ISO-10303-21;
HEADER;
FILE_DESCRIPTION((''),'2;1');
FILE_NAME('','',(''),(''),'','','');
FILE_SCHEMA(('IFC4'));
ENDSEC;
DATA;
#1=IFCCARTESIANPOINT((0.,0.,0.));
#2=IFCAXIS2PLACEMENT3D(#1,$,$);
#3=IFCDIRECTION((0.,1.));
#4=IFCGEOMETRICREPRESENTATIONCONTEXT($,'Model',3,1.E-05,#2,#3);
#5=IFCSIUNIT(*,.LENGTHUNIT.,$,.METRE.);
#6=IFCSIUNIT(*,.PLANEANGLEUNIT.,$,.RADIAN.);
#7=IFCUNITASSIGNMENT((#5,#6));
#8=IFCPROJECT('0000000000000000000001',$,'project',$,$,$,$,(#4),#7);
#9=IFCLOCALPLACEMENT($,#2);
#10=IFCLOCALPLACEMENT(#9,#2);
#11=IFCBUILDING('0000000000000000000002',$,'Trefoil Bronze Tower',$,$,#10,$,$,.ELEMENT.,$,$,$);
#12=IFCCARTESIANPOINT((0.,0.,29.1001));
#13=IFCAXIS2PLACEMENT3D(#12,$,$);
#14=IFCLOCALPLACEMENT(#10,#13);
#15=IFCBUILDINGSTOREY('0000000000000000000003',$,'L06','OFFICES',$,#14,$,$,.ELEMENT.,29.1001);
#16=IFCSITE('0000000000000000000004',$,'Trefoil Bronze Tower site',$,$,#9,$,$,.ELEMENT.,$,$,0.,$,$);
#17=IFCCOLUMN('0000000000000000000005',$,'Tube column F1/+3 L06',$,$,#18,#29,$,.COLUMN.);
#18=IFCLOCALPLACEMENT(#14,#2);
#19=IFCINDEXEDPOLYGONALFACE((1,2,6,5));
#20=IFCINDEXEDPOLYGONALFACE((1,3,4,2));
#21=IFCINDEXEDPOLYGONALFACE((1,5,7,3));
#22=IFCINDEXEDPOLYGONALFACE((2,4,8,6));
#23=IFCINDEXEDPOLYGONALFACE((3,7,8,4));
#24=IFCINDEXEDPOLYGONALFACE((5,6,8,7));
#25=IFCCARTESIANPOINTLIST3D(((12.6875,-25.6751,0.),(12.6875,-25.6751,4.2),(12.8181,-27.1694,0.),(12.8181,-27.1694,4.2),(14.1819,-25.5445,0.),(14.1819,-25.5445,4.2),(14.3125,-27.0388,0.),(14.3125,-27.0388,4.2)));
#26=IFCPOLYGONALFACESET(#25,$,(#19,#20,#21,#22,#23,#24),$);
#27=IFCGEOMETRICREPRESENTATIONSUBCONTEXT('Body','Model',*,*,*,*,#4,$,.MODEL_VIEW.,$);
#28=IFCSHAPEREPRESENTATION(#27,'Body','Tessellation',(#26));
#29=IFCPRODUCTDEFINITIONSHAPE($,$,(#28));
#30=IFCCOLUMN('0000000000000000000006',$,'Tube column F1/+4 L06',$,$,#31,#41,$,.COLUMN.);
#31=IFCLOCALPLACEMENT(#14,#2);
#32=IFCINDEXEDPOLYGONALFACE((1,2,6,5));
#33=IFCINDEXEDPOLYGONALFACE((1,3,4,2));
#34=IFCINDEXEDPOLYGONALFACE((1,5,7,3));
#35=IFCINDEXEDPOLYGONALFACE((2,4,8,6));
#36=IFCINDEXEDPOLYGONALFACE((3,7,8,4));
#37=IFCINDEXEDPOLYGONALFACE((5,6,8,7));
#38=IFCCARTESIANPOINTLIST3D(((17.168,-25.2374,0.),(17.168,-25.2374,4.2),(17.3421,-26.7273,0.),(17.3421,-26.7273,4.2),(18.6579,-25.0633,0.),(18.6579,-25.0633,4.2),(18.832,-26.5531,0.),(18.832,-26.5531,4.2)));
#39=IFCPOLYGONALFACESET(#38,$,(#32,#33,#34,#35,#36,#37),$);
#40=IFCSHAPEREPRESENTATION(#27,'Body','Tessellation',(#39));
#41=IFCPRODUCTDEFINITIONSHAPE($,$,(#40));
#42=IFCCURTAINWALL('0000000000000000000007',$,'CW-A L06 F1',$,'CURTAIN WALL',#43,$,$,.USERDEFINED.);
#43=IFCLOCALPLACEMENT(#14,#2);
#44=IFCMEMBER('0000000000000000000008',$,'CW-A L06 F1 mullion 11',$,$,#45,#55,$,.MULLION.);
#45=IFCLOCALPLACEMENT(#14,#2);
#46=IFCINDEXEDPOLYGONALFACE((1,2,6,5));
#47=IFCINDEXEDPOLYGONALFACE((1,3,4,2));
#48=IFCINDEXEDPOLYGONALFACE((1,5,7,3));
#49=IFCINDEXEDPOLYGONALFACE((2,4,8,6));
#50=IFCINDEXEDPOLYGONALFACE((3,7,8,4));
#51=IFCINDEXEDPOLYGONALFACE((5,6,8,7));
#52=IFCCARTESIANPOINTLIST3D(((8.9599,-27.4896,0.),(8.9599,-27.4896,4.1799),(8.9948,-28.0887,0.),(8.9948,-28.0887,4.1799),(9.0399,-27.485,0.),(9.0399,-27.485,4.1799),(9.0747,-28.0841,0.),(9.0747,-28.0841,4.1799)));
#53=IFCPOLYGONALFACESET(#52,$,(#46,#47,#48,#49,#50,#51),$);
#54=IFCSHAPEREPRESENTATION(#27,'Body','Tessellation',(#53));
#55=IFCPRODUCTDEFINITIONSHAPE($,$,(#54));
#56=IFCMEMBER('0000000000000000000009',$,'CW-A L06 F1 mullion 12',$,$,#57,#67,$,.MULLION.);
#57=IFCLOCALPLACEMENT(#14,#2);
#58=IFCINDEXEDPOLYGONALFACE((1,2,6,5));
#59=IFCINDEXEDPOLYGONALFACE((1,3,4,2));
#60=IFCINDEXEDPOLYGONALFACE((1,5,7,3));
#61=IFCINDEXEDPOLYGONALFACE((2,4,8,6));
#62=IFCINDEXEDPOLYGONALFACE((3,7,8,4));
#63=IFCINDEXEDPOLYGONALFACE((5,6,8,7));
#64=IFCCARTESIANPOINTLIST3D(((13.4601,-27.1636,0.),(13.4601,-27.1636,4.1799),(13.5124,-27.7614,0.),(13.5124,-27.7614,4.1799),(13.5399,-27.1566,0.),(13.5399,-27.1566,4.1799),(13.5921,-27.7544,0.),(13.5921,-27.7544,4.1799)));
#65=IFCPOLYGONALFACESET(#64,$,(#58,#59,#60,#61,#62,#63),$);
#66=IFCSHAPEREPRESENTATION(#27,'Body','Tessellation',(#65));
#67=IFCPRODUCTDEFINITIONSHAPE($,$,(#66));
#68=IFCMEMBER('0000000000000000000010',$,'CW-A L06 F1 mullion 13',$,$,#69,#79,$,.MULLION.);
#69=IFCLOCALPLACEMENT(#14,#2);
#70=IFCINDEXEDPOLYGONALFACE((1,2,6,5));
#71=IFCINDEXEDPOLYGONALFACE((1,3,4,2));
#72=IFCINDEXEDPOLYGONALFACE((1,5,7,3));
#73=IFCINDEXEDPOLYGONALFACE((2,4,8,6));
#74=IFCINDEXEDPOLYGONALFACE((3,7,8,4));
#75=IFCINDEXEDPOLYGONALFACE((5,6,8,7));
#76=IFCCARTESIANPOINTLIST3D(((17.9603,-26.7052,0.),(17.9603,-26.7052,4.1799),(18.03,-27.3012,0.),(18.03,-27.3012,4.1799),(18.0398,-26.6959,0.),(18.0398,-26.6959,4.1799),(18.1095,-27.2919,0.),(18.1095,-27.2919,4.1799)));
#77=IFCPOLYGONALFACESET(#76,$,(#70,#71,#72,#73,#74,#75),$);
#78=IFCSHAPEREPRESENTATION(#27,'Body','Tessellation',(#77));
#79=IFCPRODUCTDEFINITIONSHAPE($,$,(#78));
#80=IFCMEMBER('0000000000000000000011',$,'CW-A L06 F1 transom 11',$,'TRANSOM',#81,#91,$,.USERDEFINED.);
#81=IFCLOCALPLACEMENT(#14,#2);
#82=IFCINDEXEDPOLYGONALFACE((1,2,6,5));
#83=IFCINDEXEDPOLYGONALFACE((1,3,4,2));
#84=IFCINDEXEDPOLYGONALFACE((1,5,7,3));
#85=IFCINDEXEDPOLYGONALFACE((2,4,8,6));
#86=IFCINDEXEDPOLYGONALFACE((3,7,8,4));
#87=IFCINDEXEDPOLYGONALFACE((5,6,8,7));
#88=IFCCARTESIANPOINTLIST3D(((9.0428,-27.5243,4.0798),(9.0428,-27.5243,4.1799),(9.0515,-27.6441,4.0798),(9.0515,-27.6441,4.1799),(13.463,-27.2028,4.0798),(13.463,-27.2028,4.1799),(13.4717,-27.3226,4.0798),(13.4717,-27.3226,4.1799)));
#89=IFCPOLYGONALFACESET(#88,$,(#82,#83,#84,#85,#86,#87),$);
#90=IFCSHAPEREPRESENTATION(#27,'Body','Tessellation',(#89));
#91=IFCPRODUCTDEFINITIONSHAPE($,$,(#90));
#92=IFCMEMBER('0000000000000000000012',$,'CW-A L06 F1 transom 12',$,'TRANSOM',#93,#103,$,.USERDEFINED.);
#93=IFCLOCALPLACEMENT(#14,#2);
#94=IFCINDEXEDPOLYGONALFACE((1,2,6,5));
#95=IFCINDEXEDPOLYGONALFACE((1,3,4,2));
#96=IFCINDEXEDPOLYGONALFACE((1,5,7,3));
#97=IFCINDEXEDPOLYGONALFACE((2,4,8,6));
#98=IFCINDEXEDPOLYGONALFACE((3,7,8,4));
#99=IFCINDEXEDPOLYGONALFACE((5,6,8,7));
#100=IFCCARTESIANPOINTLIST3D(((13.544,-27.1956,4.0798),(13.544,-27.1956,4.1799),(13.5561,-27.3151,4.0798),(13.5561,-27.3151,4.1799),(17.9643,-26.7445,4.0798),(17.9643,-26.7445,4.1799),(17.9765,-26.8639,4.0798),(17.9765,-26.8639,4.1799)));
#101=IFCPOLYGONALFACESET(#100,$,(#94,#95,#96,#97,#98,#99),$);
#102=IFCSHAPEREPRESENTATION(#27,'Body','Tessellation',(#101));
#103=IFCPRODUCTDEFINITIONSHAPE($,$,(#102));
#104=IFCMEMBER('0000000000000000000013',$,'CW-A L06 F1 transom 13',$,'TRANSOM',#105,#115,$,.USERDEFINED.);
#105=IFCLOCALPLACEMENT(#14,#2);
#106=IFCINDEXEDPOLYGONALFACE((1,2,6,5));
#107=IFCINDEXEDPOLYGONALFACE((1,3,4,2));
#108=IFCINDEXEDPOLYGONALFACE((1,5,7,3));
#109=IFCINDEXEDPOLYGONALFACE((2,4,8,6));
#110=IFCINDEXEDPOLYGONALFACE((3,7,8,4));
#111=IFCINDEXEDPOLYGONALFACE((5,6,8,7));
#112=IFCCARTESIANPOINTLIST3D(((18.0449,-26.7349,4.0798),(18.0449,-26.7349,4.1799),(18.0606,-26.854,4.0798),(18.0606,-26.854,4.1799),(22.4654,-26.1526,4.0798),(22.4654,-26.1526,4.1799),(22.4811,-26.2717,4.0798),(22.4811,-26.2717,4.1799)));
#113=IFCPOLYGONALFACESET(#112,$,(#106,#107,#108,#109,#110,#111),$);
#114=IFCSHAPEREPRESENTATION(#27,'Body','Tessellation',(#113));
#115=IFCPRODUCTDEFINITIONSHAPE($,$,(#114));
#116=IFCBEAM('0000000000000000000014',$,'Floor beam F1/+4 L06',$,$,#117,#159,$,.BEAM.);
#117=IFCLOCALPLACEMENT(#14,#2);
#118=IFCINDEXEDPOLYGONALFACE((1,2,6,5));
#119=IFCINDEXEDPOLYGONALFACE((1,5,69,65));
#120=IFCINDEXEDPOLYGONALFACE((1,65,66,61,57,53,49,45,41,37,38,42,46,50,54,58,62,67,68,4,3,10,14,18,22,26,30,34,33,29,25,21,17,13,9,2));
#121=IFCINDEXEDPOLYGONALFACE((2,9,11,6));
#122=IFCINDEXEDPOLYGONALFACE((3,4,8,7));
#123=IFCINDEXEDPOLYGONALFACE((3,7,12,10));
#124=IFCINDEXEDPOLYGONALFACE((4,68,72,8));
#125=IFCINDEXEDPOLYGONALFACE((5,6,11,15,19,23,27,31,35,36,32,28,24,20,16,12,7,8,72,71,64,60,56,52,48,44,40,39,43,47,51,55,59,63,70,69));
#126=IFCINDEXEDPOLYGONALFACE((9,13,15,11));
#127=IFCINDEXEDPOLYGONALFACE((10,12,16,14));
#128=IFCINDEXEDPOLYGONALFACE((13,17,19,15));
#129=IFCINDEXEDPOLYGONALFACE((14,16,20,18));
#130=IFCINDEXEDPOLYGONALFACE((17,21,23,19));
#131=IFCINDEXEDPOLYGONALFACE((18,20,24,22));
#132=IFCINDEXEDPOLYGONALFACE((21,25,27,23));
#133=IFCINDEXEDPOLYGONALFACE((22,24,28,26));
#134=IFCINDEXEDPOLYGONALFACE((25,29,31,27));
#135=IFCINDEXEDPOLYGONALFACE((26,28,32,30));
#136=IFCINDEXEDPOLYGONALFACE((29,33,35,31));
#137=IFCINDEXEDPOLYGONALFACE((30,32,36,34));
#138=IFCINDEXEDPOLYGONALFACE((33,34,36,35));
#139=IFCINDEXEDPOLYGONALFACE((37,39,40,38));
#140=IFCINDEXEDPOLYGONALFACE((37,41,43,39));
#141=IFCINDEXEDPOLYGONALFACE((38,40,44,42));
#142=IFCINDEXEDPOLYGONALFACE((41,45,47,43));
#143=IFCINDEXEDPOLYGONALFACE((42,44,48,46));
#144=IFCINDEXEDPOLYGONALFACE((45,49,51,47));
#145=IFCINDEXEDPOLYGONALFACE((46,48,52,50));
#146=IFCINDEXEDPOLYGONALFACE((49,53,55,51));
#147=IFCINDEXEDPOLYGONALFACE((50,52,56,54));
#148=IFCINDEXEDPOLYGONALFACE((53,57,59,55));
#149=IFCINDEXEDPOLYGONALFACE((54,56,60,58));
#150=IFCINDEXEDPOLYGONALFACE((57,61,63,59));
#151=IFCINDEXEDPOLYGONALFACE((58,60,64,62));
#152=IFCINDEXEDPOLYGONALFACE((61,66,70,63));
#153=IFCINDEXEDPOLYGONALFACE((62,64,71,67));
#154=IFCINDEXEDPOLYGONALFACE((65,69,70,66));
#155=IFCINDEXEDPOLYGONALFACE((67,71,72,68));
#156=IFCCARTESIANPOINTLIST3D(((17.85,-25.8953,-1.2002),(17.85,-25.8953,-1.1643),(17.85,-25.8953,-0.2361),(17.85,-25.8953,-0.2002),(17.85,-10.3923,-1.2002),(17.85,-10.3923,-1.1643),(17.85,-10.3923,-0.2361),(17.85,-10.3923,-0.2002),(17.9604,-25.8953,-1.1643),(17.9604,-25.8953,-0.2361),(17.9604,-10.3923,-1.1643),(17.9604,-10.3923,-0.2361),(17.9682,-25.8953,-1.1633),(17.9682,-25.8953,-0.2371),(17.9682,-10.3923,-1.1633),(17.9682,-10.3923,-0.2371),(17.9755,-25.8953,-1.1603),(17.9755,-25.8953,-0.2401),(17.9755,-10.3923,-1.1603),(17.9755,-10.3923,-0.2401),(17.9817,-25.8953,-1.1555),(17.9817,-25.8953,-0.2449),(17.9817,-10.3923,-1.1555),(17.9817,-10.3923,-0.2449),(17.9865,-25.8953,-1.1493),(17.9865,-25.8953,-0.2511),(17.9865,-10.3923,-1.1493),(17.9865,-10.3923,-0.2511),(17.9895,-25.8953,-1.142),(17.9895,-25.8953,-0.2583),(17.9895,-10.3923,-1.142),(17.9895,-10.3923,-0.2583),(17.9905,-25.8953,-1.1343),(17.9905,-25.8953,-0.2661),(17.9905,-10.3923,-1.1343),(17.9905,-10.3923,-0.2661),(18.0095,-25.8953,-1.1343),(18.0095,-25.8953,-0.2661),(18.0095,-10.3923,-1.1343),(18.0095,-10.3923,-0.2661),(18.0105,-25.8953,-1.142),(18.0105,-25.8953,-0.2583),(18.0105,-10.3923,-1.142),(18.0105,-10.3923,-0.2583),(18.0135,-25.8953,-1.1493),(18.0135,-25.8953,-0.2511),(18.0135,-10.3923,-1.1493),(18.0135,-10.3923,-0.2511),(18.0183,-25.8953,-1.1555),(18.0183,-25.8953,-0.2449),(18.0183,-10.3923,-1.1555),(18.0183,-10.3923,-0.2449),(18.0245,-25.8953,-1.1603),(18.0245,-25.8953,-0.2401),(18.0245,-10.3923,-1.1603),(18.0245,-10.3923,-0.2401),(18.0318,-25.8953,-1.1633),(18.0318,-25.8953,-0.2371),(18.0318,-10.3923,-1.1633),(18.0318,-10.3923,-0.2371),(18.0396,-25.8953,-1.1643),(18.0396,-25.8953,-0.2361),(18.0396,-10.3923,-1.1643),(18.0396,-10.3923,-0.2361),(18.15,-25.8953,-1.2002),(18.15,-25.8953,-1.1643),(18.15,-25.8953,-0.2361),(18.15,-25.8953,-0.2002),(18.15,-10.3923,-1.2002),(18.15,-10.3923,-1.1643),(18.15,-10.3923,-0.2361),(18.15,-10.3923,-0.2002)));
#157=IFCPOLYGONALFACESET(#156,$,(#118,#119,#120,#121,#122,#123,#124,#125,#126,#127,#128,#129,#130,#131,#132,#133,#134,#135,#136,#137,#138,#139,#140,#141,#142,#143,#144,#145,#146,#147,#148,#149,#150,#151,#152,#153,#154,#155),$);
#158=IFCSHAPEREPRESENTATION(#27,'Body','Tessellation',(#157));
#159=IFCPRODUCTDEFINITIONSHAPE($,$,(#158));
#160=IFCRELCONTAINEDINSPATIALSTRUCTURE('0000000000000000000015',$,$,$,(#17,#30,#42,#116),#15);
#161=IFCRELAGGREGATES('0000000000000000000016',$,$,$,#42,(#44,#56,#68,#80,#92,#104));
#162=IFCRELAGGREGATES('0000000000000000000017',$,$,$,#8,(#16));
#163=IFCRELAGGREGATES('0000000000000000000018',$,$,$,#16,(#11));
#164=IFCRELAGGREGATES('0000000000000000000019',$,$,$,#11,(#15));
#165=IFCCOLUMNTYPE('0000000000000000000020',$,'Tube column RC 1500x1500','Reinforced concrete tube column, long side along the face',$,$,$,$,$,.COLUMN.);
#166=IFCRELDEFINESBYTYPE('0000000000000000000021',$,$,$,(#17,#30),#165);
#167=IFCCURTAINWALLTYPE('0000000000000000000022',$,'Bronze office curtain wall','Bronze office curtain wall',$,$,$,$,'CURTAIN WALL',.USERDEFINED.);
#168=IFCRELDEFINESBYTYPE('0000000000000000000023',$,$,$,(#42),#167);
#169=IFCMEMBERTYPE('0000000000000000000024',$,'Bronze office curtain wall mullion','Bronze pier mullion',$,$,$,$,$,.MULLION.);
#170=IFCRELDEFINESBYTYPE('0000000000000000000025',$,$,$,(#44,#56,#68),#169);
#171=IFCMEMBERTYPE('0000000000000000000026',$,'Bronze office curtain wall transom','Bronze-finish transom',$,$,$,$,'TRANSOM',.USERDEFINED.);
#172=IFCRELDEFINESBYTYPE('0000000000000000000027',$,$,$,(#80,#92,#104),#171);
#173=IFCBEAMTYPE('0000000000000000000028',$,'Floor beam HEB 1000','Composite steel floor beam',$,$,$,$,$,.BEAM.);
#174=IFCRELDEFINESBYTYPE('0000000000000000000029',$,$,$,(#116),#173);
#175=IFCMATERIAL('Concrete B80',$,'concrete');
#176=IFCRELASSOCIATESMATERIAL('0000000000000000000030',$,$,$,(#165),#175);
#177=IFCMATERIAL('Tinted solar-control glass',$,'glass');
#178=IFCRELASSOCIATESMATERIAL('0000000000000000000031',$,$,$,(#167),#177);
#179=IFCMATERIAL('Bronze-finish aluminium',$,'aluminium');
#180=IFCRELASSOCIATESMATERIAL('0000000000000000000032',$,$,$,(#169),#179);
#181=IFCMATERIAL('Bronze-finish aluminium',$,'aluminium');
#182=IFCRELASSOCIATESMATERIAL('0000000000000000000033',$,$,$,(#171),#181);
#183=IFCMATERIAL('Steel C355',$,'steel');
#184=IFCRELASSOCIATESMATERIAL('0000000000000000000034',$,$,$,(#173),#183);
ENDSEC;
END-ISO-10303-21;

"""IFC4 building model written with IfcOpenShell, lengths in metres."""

from ifc_helpers import new_model, si_unit, direction, frame, origin, origin_2d, place, context, subcontext, project, spatial, rectangle, i_section, extrude, material, material_profile, profile_set, type_object, element, aggregate, save


model = new_model("IFC4")

# Units and contexts
model_context = context("Model", 3, precision=1e-05, world=origin(), true_north=direction((0.0, 1.0)))
body_context = subcontext(model_context, "Body", "Model", "MODEL_VIEW")
ifc_project = project(units=[si_unit("LENGTHUNIT", "METRE"), si_unit("PLANEANGLEUNIT", "RADIAN")], contexts=[model_context])

# Site, building, storey
site_placement = place(None, origin())
site = spatial("IfcSite", under=ifc_project, at=site_placement, Name="Trefoil Bronze Tower site", CompositionType="ELEMENT", RefElevation=0.0)
building_placement = place(site_placement, origin())
building = spatial("IfcBuilding", under=site, at=building_placement, Name="Trefoil Bronze Tower", CompositionType="ELEMENT")
storey_placement = place(building_placement, frame((0.0, 0.0, 29.1001)))
storey = spatial("IfcBuildingStorey", under=building, at=storey_placement, Name="L06", Description="OFFICES", CompositionType="ELEMENT", Elevation=29.1001)

# Columns
ifc_material_1 = material(Name="Concrete B80", Category="concrete")
ifc_material_profile_1 = material_profile(ifc_material_1, rectangle(XDim=1.5, YDim=1.5, at=origin_2d()), Name="RC 1500x1500")
ifc_profile_set_1 = profile_set([ifc_material_profile_1], Name="Concrete B80")
column_type = type_object("IfcColumnType", Name="Tube column RC 1500x1500", Description="Reinforced concrete tube column, long side along the face", PredefinedType="COLUMN", material=ifc_profile_set_1)
for number, where, z_axis, x_axis, name in (
    (1, (13.5, -26.3569, 0.0), (0.0, 0.0, 1.0), (0.996203, 0.087065, 0.0), "Tube column F1/+3 L06"),
    (2, (18.0, -25.8953, 0.0), (0.0, 0.0, 1.0), (0.993239, 0.116087, 0.0), "Tube column F1/+4 L06"),
):
    element("IfcColumn", number, at=place(storey_placement, frame(where, z_axis=z_axis, x_axis=x_axis)), inside=storey, type_object=column_type, Name=name, PredefinedType="COLUMN", context=body_context, shape_type="SweptSolid", body=[
        extrude(rectangle(XDim=1.5, YDim=1.5, at=origin_2d()), origin(), (0.0, 0.0, 1.0), 4.2),
    ])

# Curtain wall, members
ifc_material_2 = material(Name="Tinted solar-control glass", Category="glass")
curtain_wall_type = type_object("IfcCurtainWallType", Name="Bronze office curtain wall", Description="Bronze office curtain wall", ElementType="CURTAIN WALL", PredefinedType="USERDEFINED", material=ifc_material_2)
curtain_wall_placement = place(storey_placement, origin())
curtain_wall = element("IfcCurtainWall", 3, at=curtain_wall_placement, inside=storey, type_object=curtain_wall_type, Name="CW-A L06 F1", ObjectType="CURTAIN WALL", PredefinedType="USERDEFINED")
ifc_material_3 = material(Name="Bronze-finish aluminium", Category="aluminium")
ifc_material_profile_2 = material_profile(ifc_material_3, rectangle(XDim=0.6001, YDim=0.0801, at=origin_2d()), Name="CW-A mullion")
ifc_profile_set_2 = profile_set([ifc_material_profile_2], Name="Bronze-finish aluminium")
member_type_1 = type_object("IfcMemberType", Name="Bronze office curtain wall mullion", Description="Bronze pier mullion", PredefinedType="MULLION", material=ifc_profile_set_2)
member_1_placement = place(storey_placement, frame((9.0173, -27.7869, 0.0), z_axis=(0.0, 0.0, 1.0), x_axis=(-0.058043, 0.998314, 0.0)))
member_1 = element("IfcMember", 4, at=member_1_placement, type_object=member_type_1, Name="CW-A L06 F1 mullion 11", PredefinedType="MULLION", context=body_context, shape_type="SweptSolid", body=[
    extrude(rectangle(XDim=0.6001, YDim=0.0801, at=origin_2d()), origin(), (0.0, 0.0, 1.0), 4.1799),
])
member_2_placement = place(storey_placement, frame((13.5261, -27.459, 0.0), z_axis=(0.0, 0.0, 1.0), x_axis=(-0.087065, 0.996203, 0.0)))
member_2 = element("IfcMember", 5, at=member_2_placement, type_object=member_type_1, Name="CW-A L06 F1 mullion 12", PredefinedType="MULLION", context=body_context, shape_type="SweptSolid", body=[
    extrude(rectangle(XDim=0.6001, YDim=0.0801, at=origin_2d()), origin(), (0.0, 0.0, 1.0), 4.1799),
])
member_3_placement = place(storey_placement, frame((18.0349, -26.9985, 0.0), z_axis=(0.0, 0.0, 1.0), x_axis=(-0.116087, 0.993239, 0.0)))
member_3 = element("IfcMember", 6, at=member_3_placement, type_object=member_type_1, Name="CW-A L06 F1 mullion 13", PredefinedType="MULLION", context=body_context, shape_type="SweptSolid", body=[
    extrude(rectangle(XDim=0.6001, YDim=0.0801, at=origin_2d()), origin(), (0.0, 0.0, 1.0), 4.1799),
])
ifc_material_4 = material(Name="Bronze-finish aluminium", Category="aluminium")
ifc_material_profile_3 = material_profile(ifc_material_4, rectangle(XDim=0.1201, YDim=0.1001, at=origin_2d()), Name="CW-A transom")
ifc_profile_set_3 = profile_set([ifc_material_profile_3], Name="Bronze-finish aluminium")
member_type_2 = type_object("IfcMemberType", Name="Bronze office curtain wall transom", Description="Bronze-finish transom", ElementType="TRANSOM", PredefinedType="USERDEFINED", material=ifc_profile_set_3)
member_4_placement = place(storey_placement, frame((9.0471, -27.5842, 4.1299), z_axis=(0.997365, 0.072551, 0.0), x_axis=(-0.072551, 0.997365, 0.0)))
member_4 = element("IfcMember", 7, at=member_4_placement, type_object=member_type_2, Name="CW-A L06 F1 transom 11", ObjectType="TRANSOM", PredefinedType="USERDEFINED", context=body_context, shape_type="SweptSolid", body=[
    extrude(rectangle(XDim=0.1201, YDim=0.1001, at=origin_2d()), origin(), (0.0, 0.0, 1.0), 4.4319),
])
member_5_placement = place(storey_placement, frame((13.55, -27.2554, 4.1299), z_axis=(0.994832, 0.101538, 0.0), x_axis=(-0.101538, 0.994832, 0.0)))
member_5 = element("IfcMember", 8, at=member_5_placement, type_object=member_type_2, Name="CW-A L06 F1 transom 12", ObjectType="TRANSOM", PredefinedType="USERDEFINED", context=body_context, shape_type="SweptSolid", body=[
    extrude(rectangle(XDim=0.1201, YDim=0.1001, at=origin_2d()), origin(), (0.0, 0.0, 1.0), 4.4434),
])
member_6_placement = place(storey_placement, frame((18.0527, -26.7944, 4.1299), z_axis=(0.991437, 0.130589, 0.0), x_axis=(-0.130589, 0.991437, 0.0)))
member_6 = element("IfcMember", 9, at=member_6_placement, type_object=member_type_2, Name="CW-A L06 F1 transom 13", ObjectType="TRANSOM", PredefinedType="USERDEFINED", context=body_context, shape_type="SweptSolid", body=[
    extrude(rectangle(XDim=0.1201, YDim=0.1001, at=origin_2d()), origin(), (0.0, 0.0, 1.0), 4.4587),
])

# Beam
ifc_material_5 = material(Name="Steel C355", Category="steel")
ifc_material_profile_4 = material_profile(ifc_material_5, i_section(OverallWidth=0.3, OverallDepth=1.0, WebThickness=0.019, FlangeThickness=0.0359, FilletRadius=0.03, at=origin_2d()), Name="HEB 1000")
ifc_profile_set_4 = profile_set([ifc_material_profile_4], Name="Steel C355")
beam_type_1 = type_object("IfcBeamType", Name="Floor beam HEB 1000", Description="Composite steel floor beam", PredefinedType="BEAM", material=ifc_profile_set_4)
beam_1_placement = place(storey_placement, frame((18.0, -25.8953, -0.7002), z_axis=(0.0, 1.0, 0.0), x_axis=(-1.0, 0.0, 0.0)))
element("IfcBeam", 10, at=beam_1_placement, inside=storey, type_object=beam_type_1, Name="Floor beam F1/+4 L06", PredefinedType="BEAM", context=body_context, shape_type="SweptSolid", body=[
    extrude(i_section(OverallWidth=0.3, OverallDepth=1.0, WebThickness=0.019, FlangeThickness=0.0359, FilletRadius=0.03, at=origin_2d()), origin(), (0.0, 0.0, 1.0), 15.5029),
])

aggregate(curtain_wall, [member_1, member_2, member_3, member_4, member_5, member_6])

save(model, "model.ifc")
